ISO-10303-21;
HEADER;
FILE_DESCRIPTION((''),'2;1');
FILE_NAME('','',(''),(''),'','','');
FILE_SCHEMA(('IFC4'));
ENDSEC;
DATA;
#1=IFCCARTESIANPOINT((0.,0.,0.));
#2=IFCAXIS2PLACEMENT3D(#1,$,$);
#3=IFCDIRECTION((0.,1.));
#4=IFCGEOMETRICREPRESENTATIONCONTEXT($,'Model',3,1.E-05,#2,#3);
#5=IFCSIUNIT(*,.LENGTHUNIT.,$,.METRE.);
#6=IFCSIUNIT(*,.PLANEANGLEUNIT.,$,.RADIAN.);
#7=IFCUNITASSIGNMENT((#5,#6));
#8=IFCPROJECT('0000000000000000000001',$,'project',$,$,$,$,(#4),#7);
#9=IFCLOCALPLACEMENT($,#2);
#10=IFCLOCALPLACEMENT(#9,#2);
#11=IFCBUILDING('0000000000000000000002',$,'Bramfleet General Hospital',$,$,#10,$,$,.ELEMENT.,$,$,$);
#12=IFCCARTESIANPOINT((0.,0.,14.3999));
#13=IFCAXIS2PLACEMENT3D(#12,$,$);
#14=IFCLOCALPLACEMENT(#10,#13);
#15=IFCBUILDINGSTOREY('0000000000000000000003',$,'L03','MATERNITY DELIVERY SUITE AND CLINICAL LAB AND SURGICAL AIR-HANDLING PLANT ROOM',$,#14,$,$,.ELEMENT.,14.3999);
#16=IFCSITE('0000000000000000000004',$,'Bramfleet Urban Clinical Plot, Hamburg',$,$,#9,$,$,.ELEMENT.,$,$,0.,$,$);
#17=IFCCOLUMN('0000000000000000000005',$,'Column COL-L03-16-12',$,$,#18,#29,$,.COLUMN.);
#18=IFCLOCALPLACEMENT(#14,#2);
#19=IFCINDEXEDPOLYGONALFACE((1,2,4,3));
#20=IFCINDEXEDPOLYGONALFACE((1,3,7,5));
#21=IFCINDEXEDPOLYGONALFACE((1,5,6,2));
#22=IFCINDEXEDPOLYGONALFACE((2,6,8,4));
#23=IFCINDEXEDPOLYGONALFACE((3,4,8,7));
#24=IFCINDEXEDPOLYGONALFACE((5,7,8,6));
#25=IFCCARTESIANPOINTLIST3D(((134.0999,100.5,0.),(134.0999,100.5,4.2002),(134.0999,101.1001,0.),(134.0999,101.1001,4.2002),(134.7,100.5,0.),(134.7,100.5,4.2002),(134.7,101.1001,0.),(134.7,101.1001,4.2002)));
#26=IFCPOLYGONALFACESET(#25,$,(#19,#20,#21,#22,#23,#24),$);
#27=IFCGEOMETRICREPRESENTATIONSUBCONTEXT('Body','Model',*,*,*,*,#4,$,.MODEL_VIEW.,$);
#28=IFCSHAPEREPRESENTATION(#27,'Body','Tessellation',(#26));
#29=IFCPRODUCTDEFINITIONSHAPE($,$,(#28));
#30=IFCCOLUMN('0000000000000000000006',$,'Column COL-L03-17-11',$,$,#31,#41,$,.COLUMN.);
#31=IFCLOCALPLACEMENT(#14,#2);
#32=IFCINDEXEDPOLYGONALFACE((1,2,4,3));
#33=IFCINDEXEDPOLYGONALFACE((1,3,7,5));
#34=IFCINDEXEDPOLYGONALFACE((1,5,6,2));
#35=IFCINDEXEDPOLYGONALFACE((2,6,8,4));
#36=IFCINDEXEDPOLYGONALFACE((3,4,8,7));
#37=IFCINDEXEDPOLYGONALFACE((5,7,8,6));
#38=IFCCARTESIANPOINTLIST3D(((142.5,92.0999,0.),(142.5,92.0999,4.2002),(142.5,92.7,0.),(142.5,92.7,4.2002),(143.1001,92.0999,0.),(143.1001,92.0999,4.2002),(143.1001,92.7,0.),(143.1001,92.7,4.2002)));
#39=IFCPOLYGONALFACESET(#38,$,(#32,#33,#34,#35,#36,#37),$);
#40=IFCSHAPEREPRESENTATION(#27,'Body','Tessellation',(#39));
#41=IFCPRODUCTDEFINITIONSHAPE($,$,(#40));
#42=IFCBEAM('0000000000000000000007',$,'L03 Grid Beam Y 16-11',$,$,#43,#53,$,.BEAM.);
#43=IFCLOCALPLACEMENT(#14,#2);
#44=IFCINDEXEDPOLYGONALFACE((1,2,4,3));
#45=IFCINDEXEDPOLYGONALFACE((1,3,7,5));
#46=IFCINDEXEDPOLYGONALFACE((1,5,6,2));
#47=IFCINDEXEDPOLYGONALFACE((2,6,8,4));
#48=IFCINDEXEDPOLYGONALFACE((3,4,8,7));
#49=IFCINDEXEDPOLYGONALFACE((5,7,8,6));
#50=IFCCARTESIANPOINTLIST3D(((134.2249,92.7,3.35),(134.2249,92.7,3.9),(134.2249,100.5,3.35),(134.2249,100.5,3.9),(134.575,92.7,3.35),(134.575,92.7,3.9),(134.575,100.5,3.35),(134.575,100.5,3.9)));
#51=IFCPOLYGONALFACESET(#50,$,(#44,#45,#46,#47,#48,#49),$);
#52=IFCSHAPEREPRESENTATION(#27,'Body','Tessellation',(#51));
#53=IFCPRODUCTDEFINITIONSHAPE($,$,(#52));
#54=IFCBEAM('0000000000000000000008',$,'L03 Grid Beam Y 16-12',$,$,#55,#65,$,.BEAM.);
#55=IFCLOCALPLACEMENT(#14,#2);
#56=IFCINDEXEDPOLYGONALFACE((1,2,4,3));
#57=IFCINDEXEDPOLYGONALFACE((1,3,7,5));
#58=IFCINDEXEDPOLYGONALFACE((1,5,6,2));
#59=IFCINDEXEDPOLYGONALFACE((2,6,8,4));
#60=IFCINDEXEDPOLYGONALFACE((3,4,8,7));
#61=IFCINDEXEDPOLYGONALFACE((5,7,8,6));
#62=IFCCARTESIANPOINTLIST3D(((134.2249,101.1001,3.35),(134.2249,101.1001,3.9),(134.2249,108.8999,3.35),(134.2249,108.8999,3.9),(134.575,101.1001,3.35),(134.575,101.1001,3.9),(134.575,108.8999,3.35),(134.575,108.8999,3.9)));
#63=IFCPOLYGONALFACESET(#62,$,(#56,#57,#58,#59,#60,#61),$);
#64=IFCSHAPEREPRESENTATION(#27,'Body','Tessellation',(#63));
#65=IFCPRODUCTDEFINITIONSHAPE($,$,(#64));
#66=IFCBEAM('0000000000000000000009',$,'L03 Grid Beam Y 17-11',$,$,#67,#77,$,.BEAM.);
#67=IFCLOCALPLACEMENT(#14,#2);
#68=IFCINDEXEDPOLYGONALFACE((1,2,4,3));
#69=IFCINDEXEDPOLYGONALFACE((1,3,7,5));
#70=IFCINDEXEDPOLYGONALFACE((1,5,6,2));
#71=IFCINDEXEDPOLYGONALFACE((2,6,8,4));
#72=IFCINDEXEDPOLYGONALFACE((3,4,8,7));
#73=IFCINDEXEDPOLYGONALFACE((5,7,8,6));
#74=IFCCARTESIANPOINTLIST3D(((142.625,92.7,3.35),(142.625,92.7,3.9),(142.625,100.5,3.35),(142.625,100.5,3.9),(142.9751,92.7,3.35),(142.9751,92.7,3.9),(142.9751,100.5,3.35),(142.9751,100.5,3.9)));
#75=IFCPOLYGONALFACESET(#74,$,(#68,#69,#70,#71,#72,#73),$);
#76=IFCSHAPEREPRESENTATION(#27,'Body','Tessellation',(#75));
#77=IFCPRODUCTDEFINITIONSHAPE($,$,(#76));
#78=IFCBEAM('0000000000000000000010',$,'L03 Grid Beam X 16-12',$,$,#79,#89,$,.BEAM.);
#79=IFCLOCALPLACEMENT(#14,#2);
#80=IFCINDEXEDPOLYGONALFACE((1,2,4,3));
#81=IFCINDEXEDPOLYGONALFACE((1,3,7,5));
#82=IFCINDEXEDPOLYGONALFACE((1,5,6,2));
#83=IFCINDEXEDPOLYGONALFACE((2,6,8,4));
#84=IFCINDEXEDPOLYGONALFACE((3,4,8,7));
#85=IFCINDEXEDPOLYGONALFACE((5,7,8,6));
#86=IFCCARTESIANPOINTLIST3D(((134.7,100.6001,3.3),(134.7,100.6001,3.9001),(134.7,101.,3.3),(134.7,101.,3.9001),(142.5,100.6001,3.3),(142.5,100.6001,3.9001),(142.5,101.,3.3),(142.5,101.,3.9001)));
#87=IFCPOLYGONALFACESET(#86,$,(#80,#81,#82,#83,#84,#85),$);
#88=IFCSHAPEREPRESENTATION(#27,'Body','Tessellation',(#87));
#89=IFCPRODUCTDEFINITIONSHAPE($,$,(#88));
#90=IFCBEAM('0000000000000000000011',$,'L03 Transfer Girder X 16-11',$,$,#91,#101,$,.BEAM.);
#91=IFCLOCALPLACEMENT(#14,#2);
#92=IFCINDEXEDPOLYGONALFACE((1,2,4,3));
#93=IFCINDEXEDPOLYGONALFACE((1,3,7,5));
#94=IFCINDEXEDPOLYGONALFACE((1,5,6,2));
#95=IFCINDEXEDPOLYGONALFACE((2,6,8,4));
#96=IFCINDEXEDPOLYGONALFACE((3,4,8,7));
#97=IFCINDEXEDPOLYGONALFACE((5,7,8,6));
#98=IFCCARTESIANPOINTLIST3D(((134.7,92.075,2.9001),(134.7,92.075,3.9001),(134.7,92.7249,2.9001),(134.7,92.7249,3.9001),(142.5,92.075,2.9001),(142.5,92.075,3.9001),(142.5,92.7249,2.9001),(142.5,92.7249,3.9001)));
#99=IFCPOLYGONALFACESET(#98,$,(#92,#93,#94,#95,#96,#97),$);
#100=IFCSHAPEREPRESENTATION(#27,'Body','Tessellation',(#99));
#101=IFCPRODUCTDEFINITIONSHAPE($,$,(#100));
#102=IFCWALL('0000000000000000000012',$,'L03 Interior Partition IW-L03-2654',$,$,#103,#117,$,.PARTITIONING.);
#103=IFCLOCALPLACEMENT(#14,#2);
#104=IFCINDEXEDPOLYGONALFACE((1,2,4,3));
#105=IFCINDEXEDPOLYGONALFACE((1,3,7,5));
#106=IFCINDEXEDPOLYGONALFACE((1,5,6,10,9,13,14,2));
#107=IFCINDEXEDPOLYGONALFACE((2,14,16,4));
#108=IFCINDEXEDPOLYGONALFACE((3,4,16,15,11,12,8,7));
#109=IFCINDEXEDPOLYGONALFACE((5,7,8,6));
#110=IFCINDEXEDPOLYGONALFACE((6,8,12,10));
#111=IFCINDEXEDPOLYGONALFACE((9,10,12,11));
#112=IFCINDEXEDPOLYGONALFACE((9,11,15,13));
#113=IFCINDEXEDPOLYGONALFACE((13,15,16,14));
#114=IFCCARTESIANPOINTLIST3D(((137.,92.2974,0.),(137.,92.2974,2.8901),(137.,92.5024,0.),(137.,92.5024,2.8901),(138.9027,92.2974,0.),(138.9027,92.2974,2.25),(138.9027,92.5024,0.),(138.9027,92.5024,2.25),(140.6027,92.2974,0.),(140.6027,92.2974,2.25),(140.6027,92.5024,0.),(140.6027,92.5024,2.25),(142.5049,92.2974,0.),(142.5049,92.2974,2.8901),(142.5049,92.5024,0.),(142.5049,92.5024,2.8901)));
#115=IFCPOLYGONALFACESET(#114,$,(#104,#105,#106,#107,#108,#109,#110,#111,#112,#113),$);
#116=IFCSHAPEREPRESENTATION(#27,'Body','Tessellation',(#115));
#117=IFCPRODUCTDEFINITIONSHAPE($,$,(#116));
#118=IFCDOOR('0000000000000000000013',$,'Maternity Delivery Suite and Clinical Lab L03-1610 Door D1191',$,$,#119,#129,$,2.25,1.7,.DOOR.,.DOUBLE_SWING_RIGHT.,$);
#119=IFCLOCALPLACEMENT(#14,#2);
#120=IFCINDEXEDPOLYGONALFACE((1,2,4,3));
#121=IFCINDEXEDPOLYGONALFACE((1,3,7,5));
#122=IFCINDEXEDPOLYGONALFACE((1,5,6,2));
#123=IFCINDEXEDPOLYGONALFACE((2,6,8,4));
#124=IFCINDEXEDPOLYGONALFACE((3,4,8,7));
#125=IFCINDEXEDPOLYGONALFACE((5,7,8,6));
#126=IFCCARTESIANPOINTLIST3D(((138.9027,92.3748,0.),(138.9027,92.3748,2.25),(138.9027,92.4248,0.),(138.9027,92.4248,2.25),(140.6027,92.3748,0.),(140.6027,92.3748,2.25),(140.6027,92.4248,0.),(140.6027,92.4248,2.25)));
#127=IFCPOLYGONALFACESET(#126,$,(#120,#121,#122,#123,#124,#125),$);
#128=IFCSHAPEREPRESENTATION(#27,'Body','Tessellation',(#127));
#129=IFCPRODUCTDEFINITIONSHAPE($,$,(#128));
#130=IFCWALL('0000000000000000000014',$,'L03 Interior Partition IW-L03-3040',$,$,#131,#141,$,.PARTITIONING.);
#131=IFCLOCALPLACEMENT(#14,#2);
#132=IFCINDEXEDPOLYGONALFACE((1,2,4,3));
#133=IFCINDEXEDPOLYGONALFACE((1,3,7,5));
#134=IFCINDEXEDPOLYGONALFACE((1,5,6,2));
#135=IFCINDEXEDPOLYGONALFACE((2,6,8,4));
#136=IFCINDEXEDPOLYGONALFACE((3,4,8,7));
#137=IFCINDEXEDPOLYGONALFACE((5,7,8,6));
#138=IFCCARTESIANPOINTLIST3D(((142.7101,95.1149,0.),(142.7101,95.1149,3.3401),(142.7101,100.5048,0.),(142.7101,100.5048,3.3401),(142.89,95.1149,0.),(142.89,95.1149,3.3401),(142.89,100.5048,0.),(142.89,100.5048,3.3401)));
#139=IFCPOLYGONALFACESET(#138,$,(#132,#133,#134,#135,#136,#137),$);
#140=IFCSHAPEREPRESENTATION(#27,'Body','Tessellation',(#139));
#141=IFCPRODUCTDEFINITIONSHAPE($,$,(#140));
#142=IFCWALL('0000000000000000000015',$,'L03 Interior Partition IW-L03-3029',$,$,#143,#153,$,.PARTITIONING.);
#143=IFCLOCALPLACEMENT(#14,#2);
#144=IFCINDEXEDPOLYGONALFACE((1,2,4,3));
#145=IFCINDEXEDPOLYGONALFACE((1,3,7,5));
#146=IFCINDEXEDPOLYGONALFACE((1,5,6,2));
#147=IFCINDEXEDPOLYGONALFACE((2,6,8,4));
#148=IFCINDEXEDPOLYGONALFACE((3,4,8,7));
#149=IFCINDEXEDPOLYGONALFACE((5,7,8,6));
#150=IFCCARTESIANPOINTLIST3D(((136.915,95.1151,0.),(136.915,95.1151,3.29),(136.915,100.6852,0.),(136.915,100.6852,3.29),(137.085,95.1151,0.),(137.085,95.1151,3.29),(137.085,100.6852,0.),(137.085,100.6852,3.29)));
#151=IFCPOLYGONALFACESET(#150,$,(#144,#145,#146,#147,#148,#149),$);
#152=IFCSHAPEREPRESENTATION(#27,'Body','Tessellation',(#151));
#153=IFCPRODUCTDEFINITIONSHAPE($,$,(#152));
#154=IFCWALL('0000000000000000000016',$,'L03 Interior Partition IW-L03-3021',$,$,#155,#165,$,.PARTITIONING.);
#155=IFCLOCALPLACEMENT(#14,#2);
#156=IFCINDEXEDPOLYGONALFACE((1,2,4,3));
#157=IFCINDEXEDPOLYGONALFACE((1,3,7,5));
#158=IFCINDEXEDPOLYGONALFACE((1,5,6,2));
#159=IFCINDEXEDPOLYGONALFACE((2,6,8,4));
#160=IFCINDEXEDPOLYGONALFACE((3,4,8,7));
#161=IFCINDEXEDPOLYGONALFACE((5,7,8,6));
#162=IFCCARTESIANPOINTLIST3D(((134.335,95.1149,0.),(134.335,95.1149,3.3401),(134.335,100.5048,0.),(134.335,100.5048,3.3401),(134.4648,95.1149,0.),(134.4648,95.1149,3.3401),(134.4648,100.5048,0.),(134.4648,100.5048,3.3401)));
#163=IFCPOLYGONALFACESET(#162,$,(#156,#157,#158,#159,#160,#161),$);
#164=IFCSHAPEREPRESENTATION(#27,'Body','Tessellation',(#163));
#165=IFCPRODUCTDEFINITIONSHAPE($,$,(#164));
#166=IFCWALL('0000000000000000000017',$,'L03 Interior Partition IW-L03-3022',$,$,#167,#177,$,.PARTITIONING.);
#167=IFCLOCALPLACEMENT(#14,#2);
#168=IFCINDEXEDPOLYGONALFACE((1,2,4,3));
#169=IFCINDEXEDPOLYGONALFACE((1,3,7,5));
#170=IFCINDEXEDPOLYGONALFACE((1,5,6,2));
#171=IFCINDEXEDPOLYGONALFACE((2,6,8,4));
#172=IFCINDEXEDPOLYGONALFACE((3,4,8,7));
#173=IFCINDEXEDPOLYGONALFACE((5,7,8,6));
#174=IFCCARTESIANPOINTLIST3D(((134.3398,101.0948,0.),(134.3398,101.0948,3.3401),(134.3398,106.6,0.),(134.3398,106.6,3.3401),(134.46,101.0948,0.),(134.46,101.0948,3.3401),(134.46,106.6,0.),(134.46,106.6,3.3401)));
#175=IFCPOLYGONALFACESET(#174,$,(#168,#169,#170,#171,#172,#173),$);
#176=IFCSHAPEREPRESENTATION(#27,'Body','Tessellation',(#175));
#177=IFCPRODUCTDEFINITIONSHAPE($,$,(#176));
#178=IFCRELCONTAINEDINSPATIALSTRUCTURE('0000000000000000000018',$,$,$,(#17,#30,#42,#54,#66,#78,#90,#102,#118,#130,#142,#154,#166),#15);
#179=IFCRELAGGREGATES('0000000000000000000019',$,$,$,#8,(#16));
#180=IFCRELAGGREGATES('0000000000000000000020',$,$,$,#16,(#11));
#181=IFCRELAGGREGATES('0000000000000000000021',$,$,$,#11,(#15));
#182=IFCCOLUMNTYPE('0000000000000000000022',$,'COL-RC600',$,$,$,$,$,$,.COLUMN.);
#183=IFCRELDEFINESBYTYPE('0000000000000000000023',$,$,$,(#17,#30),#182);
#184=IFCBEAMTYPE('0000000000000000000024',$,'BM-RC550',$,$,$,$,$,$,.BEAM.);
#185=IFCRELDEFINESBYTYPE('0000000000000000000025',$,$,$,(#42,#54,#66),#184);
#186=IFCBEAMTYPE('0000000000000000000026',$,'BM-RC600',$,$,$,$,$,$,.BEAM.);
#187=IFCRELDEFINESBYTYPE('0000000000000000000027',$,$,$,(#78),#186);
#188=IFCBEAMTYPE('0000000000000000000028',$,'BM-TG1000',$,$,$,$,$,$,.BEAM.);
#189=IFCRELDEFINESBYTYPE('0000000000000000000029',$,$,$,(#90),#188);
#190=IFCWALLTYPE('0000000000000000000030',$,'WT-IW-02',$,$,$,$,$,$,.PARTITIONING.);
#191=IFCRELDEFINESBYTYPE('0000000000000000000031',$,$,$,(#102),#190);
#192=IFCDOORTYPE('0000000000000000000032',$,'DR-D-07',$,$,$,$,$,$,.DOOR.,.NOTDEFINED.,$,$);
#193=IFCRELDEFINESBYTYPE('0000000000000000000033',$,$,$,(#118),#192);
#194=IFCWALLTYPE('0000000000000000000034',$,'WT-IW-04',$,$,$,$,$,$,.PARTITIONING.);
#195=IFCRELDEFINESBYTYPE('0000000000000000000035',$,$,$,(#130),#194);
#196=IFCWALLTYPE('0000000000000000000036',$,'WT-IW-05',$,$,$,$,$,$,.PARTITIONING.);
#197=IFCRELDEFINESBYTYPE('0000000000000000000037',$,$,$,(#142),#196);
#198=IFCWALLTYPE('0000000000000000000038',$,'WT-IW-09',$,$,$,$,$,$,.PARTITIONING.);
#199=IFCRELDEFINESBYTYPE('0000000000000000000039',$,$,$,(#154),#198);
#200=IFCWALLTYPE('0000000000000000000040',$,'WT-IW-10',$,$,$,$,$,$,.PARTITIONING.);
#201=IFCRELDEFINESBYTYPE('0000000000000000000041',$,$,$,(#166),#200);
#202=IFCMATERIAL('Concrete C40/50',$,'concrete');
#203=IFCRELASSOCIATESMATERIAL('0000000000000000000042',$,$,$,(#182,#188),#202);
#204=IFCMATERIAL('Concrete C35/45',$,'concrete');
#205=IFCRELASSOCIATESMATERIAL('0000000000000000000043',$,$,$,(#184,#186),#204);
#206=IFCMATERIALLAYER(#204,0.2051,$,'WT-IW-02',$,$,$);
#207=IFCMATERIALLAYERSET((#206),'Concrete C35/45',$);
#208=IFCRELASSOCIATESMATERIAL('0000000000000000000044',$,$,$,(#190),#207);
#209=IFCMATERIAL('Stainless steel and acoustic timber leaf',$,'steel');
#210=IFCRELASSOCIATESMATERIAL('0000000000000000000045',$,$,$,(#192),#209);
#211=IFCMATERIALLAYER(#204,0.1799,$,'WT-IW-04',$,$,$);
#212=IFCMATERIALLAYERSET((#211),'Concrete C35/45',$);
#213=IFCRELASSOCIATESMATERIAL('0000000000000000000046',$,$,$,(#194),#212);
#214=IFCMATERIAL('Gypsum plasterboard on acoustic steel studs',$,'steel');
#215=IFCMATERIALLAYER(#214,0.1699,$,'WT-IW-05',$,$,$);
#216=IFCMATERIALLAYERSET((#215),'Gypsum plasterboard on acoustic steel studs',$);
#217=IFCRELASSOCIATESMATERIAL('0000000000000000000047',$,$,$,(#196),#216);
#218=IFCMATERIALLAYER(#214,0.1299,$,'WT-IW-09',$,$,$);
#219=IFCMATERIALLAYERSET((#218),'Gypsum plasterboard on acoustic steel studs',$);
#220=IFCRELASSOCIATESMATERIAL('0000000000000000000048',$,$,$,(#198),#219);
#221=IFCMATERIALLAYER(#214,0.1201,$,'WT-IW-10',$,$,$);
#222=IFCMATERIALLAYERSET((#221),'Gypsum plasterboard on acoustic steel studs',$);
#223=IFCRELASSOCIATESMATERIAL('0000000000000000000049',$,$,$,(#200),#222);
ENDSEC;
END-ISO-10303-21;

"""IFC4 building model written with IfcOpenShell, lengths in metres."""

from ifc_helpers import new_model, si_unit, direction, frame, frame_2d, origin, origin_2d, place, context, subcontext, project, spatial, rectangle, extrude, material, layer, layer_set, material_profile, profile_set, type_object, element, fill, save


model = new_model("IFC4")

# Units and contexts
model_context = context("Model", 3, precision=1e-05, world=origin(), true_north=direction((0.0, 1.0)))
body_context = subcontext(model_context, "Body", "Model", "MODEL_VIEW")
ifc_project = project(units=[si_unit("LENGTHUNIT", "METRE"), si_unit("PLANEANGLEUNIT", "RADIAN")], contexts=[model_context])

# Site, building, storey
site_placement = place(None, origin())
site = spatial("IfcSite", under=ifc_project, at=site_placement, Name="Bramfleet Urban Clinical Plot, Hamburg", CompositionType="ELEMENT", RefElevation=0.0)
building_placement = place(site_placement, origin())
building = spatial("IfcBuilding", under=site, at=building_placement, Name="Bramfleet General Hospital", CompositionType="ELEMENT")
storey_placement = place(building_placement, frame((0.0, 0.0, 14.3999)))
storey = spatial("IfcBuildingStorey", under=building, at=storey_placement, Name="L03", Description="MATERNITY DELIVERY SUITE AND CLINICAL LAB AND SURGICAL AIR-HANDLING PLANT ROOM", CompositionType="ELEMENT", Elevation=14.3999)

# Columns
ifc_material_1 = material(Name="Concrete C40/50", Category="concrete")
ifc_material_profile_1 = material_profile(ifc_material_1, rectangle(XDim=0.6001, YDim=0.6001, at=origin_2d()), Name="RC COL 600x600")
ifc_profile_set_1 = profile_set([ifc_material_profile_1], Name="Concrete C40/50")
column_type = type_object("IfcColumnType", Name="COL-RC600", PredefinedType="COLUMN", material=ifc_profile_set_1)
for number, where, z_axis, x_axis, name in (
    (1, (134.3999, 100.8, 0.0), (0.0, 0.0, 1.0), (1.0, 0.0, 0.0), "Column COL-L03-16-12"),
    (2, (142.8, 92.3999, 0.0), (0.0, 0.0, 1.0), (1.0, 0.0, 0.0), "Column COL-L03-17-11"),
):
    element("IfcColumn", number, at=place(storey_placement, frame(where, z_axis=z_axis, x_axis=x_axis)), inside=storey, type_object=column_type, Name=name, PredefinedType="COLUMN", context=body_context, shape_type="SweptSolid", body=[
        extrude(rectangle(XDim=0.6001, YDim=0.6001, at=origin_2d()), origin(), (0.0, 0.0, 1.0), 4.2002),
    ])

# Beams
ifc_material_2 = material(Name="Concrete C35/45", Category="concrete")
ifc_material_profile_2 = material_profile(ifc_material_2, rectangle(XDim=0.3501, YDim=0.55, at=origin_2d()), Name="RC BM 550x350")
ifc_profile_set_2 = profile_set([ifc_material_profile_2], Name="Concrete C35/45")
beam_type_1 = type_object("IfcBeamType", Name="BM-RC550", PredefinedType="BEAM", material=ifc_profile_set_2)
beam_1_placement = place(storey_placement, frame((134.3999, 92.7, 3.625), z_axis=(0.0, 1.0, 0.0), x_axis=(-1.0, 0.0, 0.0)))
element("IfcBeam", 3, at=beam_1_placement, inside=storey, type_object=beam_type_1, Name="L03 Grid Beam Y 16-11", PredefinedType="BEAM", context=body_context, shape_type="SweptSolid", body=[
    extrude(rectangle(XDim=0.3501, YDim=0.55, at=origin_2d()), origin(), (0.0, 0.0, 1.0), 7.8),
])
beam_2_placement = place(storey_placement, frame((134.3999, 101.1001, 3.625), z_axis=(0.0, 1.0, 0.0), x_axis=(-1.0, 0.0, 0.0)))
element("IfcBeam", 4, at=beam_2_placement, inside=storey, type_object=beam_type_1, Name="L03 Grid Beam Y 16-12", PredefinedType="BEAM", context=body_context, shape_type="SweptSolid", body=[
    extrude(rectangle(XDim=0.3501, YDim=0.55, at=origin_2d()), origin(), (0.0, 0.0, 1.0), 7.7998),
])
beam_3_placement = place(storey_placement, frame((142.8, 92.7, 3.625), z_axis=(0.0, 1.0, 0.0), x_axis=(-1.0, 0.0, 0.0)))
element("IfcBeam", 5, at=beam_3_placement, inside=storey, type_object=beam_type_1, Name="L03 Grid Beam Y 17-11", PredefinedType="BEAM", context=body_context, shape_type="SweptSolid", body=[
    extrude(rectangle(XDim=0.3501, YDim=0.55, at=origin_2d()), origin(), (0.0, 0.0, 1.0), 7.8),
])
ifc_material_profile_3 = material_profile(ifc_material_2, rectangle(XDim=0.3999, YDim=0.6001, at=origin_2d()), Name="RC BM 600x400")
ifc_profile_set_3 = profile_set([ifc_material_profile_3], Name="Concrete C35/45")
beam_type_2 = type_object("IfcBeamType", Name="BM-RC600", PredefinedType="BEAM", material=ifc_profile_set_3)
beam_4_placement = place(storey_placement, frame((134.7, 100.8, 3.6001), z_axis=(1.0, 0.0, 0.0), x_axis=(0.0, 1.0, 0.0)))
element("IfcBeam", 6, at=beam_4_placement, inside=storey, type_object=beam_type_2, Name="L03 Grid Beam X 16-12", PredefinedType="BEAM", context=body_context, shape_type="SweptSolid", body=[
    extrude(rectangle(XDim=0.3999, YDim=0.6001, at=origin_2d()), origin(), (0.0, 0.0, 1.0), 7.8),
])
ifc_material_profile_4 = material_profile(ifc_material_1, rectangle(XDim=0.6499, YDim=1.0, at=origin_2d()), Name="RC TG 1000x650")
ifc_profile_set_4 = profile_set([ifc_material_profile_4], Name="Concrete C40/50")
beam_type_3 = type_object("IfcBeamType", Name="BM-TG1000", PredefinedType="BEAM", material=ifc_profile_set_4)
beam_5_placement = place(storey_placement, frame((134.7, 92.3999, 3.4001), z_axis=(1.0, 0.0, 0.0), x_axis=(0.0, 1.0, 0.0)))
element("IfcBeam", 7, at=beam_5_placement, inside=storey, type_object=beam_type_3, Name="L03 Transfer Girder X 16-11", PredefinedType="BEAM", context=body_context, shape_type="SweptSolid", body=[
    extrude(rectangle(XDim=0.6499, YDim=1.0, at=origin_2d()), origin(), (0.0, 0.0, 1.0), 7.8),
])

# Wall, opening, door
ifc_layer_1 = layer(ifc_material_2, 0.2051, Name="WT-IW-02")
ifc_layer_set_1 = layer_set([ifc_layer_1], Name="Concrete C35/45")
wall_type_1 = type_object("IfcWallType", Name="WT-IW-02", PredefinedType="PARTITIONING", material=ifc_layer_set_1)
wall_1_placement = place(storey_placement, frame((137.0, 92.3999, 0.0), z_axis=(0.0, 0.0, 1.0), x_axis=(1.0, 0.0, 0.0)))
wall_1 = element("IfcWall", 8, at=wall_1_placement, inside=storey, type_object=wall_type_1, Name="L03 Interior Partition IW-L03-2654", PredefinedType="PARTITIONING", context=body_context, shape_type="SweptSolid", body=[
    extrude(rectangle(XDim=5.5049, YDim=0.2051, at=frame_2d((2.7524, 0.0))), origin(), (0.0, 0.0, 1.0), 2.8901),
])
opening_1_placement = place(wall_1_placement, frame((1.9026, 0.0, 0.0)))
opening_1 = element("IfcOpeningElement", 9, at=opening_1_placement, cuts=wall_1, PredefinedType="OPENING", context=body_context, shape_type="SweptSolid", body=[
    extrude(rectangle(XDim=1.7, YDim=2.25, at=frame_2d((0.8501, 1.125))), frame((0.0, 0.1125, 0.0), z_axis=(0.0, -1.0, 0.0), x_axis=(1.0, 0.0, 0.0)), (0.0, 0.0, 1.0), 0.2251),
])
ifc_material_3 = material(Name="Stainless steel and acoustic timber leaf", Category="steel")
door_type_1 = type_object("IfcDoorType", Name="DR-D-07", OperationType="NOTDEFINED", PredefinedType="DOOR", material=ifc_material_3)
door_1_placement = place(opening_1_placement, origin())
door_1 = element("IfcDoor", 10, at=door_1_placement, inside=storey, type_object=door_type_1, Name="Maternity Delivery Suite and Clinical Lab L03-1610 Door D1191", OperationType="DOUBLE_SWING_RIGHT", OverallHeight=2.25, OverallWidth=1.7, PredefinedType="DOOR", context=body_context, shape_type="SweptSolid", body=[
    extrude(rectangle(XDim=1.7, YDim=2.25, at=frame_2d((0.8501, 1.125))), frame((0.0, 0.0249, 0.0), z_axis=(0.0, -1.0, 0.0), x_axis=(1.0, 0.0, 0.0)), (0.0, 0.0, 1.0), 0.05),
])
fill(opening_1, door_1)

# Walls
ifc_layer_2 = layer(ifc_material_2, 0.1799, Name="WT-IW-04")
ifc_layer_set_2 = layer_set([ifc_layer_2], Name="Concrete C35/45")
wall_type_2 = type_object("IfcWallType", Name="WT-IW-04", PredefinedType="PARTITIONING", material=ifc_layer_set_2)
wall_2_placement = place(storey_placement, frame((142.8, 95.115, 0.0), z_axis=(0.0, 0.0, 1.0), x_axis=(0.0, 1.0, 0.0)))
element("IfcWall", 11, at=wall_2_placement, inside=storey, type_object=wall_type_2, Name="L03 Interior Partition IW-L03-3040", PredefinedType="PARTITIONING", context=body_context, shape_type="SweptSolid", body=[
    extrude(rectangle(XDim=5.3899, YDim=0.1799, at=frame_2d((2.6948, 0.0))), origin(), (0.0, 0.0, 1.0), 3.3401),
])
ifc_material_4 = material(Name="Gypsum plasterboard on acoustic steel studs", Category="steel")
ifc_layer_3 = layer(ifc_material_4, 0.1699, Name="WT-IW-05")
ifc_layer_set_3 = layer_set([ifc_layer_3], Name="Gypsum plasterboard on acoustic steel studs")
wall_type_3 = type_object("IfcWallType", Name="WT-IW-05", PredefinedType="PARTITIONING", material=ifc_layer_set_3)
wall_3_placement = place(storey_placement, frame((137.0, 95.115, 0.0), z_axis=(0.0, 0.0, 1.0), x_axis=(0.0, 1.0, 0.0)))
element("IfcWall", 12, at=wall_3_placement, inside=storey, type_object=wall_type_3, Name="L03 Interior Partition IW-L03-3029", PredefinedType="PARTITIONING", context=body_context, shape_type="SweptSolid", body=[
    extrude(rectangle(XDim=5.5701, YDim=0.1699, at=frame_2d((2.7852, 0.0))), origin(), (0.0, 0.0, 1.0), 3.29),
])
ifc_layer_4 = layer(ifc_material_4, 0.1299, Name="WT-IW-09")
ifc_layer_set_4 = layer_set([ifc_layer_4], Name="Gypsum plasterboard on acoustic steel studs")
wall_type_4 = type_object("IfcWallType", Name="WT-IW-09", PredefinedType="PARTITIONING", material=ifc_layer_set_4)
wall_4_placement = place(storey_placement, frame((134.3999, 95.115, 0.0), z_axis=(0.0, 0.0, 1.0), x_axis=(0.0, 1.0, 0.0)))
element("IfcWall", 13, at=wall_4_placement, inside=storey, type_object=wall_type_4, Name="L03 Interior Partition IW-L03-3021", PredefinedType="PARTITIONING", context=body_context, shape_type="SweptSolid", body=[
    extrude(rectangle(XDim=5.3899, YDim=0.1299, at=frame_2d((2.6948, 0.0))), origin(), (0.0, 0.0, 1.0), 3.3401),
])
ifc_layer_5 = layer(ifc_material_4, 0.1201, Name="WT-IW-10")
ifc_layer_set_5 = layer_set([ifc_layer_5], Name="Gypsum plasterboard on acoustic steel studs")
wall_type_5 = type_object("IfcWallType", Name="WT-IW-10", PredefinedType="PARTITIONING", material=ifc_layer_set_5)
wall_5_placement = place(storey_placement, frame((134.3999, 101.095, 0.0), z_axis=(0.0, 0.0, 1.0), x_axis=(0.0, 1.0, 0.0)))
element("IfcWall", 14, at=wall_5_placement, inside=storey, type_object=wall_type_5, Name="L03 Interior Partition IW-L03-3022", PredefinedType="PARTITIONING", context=body_context, shape_type="SweptSolid", body=[
    extrude(rectangle(XDim=5.5051, YDim=0.1201, at=frame_2d((2.7524, 0.0))), origin(), (0.0, 0.0, 1.0), 3.3401),
])

save(model, "model.ifc")
